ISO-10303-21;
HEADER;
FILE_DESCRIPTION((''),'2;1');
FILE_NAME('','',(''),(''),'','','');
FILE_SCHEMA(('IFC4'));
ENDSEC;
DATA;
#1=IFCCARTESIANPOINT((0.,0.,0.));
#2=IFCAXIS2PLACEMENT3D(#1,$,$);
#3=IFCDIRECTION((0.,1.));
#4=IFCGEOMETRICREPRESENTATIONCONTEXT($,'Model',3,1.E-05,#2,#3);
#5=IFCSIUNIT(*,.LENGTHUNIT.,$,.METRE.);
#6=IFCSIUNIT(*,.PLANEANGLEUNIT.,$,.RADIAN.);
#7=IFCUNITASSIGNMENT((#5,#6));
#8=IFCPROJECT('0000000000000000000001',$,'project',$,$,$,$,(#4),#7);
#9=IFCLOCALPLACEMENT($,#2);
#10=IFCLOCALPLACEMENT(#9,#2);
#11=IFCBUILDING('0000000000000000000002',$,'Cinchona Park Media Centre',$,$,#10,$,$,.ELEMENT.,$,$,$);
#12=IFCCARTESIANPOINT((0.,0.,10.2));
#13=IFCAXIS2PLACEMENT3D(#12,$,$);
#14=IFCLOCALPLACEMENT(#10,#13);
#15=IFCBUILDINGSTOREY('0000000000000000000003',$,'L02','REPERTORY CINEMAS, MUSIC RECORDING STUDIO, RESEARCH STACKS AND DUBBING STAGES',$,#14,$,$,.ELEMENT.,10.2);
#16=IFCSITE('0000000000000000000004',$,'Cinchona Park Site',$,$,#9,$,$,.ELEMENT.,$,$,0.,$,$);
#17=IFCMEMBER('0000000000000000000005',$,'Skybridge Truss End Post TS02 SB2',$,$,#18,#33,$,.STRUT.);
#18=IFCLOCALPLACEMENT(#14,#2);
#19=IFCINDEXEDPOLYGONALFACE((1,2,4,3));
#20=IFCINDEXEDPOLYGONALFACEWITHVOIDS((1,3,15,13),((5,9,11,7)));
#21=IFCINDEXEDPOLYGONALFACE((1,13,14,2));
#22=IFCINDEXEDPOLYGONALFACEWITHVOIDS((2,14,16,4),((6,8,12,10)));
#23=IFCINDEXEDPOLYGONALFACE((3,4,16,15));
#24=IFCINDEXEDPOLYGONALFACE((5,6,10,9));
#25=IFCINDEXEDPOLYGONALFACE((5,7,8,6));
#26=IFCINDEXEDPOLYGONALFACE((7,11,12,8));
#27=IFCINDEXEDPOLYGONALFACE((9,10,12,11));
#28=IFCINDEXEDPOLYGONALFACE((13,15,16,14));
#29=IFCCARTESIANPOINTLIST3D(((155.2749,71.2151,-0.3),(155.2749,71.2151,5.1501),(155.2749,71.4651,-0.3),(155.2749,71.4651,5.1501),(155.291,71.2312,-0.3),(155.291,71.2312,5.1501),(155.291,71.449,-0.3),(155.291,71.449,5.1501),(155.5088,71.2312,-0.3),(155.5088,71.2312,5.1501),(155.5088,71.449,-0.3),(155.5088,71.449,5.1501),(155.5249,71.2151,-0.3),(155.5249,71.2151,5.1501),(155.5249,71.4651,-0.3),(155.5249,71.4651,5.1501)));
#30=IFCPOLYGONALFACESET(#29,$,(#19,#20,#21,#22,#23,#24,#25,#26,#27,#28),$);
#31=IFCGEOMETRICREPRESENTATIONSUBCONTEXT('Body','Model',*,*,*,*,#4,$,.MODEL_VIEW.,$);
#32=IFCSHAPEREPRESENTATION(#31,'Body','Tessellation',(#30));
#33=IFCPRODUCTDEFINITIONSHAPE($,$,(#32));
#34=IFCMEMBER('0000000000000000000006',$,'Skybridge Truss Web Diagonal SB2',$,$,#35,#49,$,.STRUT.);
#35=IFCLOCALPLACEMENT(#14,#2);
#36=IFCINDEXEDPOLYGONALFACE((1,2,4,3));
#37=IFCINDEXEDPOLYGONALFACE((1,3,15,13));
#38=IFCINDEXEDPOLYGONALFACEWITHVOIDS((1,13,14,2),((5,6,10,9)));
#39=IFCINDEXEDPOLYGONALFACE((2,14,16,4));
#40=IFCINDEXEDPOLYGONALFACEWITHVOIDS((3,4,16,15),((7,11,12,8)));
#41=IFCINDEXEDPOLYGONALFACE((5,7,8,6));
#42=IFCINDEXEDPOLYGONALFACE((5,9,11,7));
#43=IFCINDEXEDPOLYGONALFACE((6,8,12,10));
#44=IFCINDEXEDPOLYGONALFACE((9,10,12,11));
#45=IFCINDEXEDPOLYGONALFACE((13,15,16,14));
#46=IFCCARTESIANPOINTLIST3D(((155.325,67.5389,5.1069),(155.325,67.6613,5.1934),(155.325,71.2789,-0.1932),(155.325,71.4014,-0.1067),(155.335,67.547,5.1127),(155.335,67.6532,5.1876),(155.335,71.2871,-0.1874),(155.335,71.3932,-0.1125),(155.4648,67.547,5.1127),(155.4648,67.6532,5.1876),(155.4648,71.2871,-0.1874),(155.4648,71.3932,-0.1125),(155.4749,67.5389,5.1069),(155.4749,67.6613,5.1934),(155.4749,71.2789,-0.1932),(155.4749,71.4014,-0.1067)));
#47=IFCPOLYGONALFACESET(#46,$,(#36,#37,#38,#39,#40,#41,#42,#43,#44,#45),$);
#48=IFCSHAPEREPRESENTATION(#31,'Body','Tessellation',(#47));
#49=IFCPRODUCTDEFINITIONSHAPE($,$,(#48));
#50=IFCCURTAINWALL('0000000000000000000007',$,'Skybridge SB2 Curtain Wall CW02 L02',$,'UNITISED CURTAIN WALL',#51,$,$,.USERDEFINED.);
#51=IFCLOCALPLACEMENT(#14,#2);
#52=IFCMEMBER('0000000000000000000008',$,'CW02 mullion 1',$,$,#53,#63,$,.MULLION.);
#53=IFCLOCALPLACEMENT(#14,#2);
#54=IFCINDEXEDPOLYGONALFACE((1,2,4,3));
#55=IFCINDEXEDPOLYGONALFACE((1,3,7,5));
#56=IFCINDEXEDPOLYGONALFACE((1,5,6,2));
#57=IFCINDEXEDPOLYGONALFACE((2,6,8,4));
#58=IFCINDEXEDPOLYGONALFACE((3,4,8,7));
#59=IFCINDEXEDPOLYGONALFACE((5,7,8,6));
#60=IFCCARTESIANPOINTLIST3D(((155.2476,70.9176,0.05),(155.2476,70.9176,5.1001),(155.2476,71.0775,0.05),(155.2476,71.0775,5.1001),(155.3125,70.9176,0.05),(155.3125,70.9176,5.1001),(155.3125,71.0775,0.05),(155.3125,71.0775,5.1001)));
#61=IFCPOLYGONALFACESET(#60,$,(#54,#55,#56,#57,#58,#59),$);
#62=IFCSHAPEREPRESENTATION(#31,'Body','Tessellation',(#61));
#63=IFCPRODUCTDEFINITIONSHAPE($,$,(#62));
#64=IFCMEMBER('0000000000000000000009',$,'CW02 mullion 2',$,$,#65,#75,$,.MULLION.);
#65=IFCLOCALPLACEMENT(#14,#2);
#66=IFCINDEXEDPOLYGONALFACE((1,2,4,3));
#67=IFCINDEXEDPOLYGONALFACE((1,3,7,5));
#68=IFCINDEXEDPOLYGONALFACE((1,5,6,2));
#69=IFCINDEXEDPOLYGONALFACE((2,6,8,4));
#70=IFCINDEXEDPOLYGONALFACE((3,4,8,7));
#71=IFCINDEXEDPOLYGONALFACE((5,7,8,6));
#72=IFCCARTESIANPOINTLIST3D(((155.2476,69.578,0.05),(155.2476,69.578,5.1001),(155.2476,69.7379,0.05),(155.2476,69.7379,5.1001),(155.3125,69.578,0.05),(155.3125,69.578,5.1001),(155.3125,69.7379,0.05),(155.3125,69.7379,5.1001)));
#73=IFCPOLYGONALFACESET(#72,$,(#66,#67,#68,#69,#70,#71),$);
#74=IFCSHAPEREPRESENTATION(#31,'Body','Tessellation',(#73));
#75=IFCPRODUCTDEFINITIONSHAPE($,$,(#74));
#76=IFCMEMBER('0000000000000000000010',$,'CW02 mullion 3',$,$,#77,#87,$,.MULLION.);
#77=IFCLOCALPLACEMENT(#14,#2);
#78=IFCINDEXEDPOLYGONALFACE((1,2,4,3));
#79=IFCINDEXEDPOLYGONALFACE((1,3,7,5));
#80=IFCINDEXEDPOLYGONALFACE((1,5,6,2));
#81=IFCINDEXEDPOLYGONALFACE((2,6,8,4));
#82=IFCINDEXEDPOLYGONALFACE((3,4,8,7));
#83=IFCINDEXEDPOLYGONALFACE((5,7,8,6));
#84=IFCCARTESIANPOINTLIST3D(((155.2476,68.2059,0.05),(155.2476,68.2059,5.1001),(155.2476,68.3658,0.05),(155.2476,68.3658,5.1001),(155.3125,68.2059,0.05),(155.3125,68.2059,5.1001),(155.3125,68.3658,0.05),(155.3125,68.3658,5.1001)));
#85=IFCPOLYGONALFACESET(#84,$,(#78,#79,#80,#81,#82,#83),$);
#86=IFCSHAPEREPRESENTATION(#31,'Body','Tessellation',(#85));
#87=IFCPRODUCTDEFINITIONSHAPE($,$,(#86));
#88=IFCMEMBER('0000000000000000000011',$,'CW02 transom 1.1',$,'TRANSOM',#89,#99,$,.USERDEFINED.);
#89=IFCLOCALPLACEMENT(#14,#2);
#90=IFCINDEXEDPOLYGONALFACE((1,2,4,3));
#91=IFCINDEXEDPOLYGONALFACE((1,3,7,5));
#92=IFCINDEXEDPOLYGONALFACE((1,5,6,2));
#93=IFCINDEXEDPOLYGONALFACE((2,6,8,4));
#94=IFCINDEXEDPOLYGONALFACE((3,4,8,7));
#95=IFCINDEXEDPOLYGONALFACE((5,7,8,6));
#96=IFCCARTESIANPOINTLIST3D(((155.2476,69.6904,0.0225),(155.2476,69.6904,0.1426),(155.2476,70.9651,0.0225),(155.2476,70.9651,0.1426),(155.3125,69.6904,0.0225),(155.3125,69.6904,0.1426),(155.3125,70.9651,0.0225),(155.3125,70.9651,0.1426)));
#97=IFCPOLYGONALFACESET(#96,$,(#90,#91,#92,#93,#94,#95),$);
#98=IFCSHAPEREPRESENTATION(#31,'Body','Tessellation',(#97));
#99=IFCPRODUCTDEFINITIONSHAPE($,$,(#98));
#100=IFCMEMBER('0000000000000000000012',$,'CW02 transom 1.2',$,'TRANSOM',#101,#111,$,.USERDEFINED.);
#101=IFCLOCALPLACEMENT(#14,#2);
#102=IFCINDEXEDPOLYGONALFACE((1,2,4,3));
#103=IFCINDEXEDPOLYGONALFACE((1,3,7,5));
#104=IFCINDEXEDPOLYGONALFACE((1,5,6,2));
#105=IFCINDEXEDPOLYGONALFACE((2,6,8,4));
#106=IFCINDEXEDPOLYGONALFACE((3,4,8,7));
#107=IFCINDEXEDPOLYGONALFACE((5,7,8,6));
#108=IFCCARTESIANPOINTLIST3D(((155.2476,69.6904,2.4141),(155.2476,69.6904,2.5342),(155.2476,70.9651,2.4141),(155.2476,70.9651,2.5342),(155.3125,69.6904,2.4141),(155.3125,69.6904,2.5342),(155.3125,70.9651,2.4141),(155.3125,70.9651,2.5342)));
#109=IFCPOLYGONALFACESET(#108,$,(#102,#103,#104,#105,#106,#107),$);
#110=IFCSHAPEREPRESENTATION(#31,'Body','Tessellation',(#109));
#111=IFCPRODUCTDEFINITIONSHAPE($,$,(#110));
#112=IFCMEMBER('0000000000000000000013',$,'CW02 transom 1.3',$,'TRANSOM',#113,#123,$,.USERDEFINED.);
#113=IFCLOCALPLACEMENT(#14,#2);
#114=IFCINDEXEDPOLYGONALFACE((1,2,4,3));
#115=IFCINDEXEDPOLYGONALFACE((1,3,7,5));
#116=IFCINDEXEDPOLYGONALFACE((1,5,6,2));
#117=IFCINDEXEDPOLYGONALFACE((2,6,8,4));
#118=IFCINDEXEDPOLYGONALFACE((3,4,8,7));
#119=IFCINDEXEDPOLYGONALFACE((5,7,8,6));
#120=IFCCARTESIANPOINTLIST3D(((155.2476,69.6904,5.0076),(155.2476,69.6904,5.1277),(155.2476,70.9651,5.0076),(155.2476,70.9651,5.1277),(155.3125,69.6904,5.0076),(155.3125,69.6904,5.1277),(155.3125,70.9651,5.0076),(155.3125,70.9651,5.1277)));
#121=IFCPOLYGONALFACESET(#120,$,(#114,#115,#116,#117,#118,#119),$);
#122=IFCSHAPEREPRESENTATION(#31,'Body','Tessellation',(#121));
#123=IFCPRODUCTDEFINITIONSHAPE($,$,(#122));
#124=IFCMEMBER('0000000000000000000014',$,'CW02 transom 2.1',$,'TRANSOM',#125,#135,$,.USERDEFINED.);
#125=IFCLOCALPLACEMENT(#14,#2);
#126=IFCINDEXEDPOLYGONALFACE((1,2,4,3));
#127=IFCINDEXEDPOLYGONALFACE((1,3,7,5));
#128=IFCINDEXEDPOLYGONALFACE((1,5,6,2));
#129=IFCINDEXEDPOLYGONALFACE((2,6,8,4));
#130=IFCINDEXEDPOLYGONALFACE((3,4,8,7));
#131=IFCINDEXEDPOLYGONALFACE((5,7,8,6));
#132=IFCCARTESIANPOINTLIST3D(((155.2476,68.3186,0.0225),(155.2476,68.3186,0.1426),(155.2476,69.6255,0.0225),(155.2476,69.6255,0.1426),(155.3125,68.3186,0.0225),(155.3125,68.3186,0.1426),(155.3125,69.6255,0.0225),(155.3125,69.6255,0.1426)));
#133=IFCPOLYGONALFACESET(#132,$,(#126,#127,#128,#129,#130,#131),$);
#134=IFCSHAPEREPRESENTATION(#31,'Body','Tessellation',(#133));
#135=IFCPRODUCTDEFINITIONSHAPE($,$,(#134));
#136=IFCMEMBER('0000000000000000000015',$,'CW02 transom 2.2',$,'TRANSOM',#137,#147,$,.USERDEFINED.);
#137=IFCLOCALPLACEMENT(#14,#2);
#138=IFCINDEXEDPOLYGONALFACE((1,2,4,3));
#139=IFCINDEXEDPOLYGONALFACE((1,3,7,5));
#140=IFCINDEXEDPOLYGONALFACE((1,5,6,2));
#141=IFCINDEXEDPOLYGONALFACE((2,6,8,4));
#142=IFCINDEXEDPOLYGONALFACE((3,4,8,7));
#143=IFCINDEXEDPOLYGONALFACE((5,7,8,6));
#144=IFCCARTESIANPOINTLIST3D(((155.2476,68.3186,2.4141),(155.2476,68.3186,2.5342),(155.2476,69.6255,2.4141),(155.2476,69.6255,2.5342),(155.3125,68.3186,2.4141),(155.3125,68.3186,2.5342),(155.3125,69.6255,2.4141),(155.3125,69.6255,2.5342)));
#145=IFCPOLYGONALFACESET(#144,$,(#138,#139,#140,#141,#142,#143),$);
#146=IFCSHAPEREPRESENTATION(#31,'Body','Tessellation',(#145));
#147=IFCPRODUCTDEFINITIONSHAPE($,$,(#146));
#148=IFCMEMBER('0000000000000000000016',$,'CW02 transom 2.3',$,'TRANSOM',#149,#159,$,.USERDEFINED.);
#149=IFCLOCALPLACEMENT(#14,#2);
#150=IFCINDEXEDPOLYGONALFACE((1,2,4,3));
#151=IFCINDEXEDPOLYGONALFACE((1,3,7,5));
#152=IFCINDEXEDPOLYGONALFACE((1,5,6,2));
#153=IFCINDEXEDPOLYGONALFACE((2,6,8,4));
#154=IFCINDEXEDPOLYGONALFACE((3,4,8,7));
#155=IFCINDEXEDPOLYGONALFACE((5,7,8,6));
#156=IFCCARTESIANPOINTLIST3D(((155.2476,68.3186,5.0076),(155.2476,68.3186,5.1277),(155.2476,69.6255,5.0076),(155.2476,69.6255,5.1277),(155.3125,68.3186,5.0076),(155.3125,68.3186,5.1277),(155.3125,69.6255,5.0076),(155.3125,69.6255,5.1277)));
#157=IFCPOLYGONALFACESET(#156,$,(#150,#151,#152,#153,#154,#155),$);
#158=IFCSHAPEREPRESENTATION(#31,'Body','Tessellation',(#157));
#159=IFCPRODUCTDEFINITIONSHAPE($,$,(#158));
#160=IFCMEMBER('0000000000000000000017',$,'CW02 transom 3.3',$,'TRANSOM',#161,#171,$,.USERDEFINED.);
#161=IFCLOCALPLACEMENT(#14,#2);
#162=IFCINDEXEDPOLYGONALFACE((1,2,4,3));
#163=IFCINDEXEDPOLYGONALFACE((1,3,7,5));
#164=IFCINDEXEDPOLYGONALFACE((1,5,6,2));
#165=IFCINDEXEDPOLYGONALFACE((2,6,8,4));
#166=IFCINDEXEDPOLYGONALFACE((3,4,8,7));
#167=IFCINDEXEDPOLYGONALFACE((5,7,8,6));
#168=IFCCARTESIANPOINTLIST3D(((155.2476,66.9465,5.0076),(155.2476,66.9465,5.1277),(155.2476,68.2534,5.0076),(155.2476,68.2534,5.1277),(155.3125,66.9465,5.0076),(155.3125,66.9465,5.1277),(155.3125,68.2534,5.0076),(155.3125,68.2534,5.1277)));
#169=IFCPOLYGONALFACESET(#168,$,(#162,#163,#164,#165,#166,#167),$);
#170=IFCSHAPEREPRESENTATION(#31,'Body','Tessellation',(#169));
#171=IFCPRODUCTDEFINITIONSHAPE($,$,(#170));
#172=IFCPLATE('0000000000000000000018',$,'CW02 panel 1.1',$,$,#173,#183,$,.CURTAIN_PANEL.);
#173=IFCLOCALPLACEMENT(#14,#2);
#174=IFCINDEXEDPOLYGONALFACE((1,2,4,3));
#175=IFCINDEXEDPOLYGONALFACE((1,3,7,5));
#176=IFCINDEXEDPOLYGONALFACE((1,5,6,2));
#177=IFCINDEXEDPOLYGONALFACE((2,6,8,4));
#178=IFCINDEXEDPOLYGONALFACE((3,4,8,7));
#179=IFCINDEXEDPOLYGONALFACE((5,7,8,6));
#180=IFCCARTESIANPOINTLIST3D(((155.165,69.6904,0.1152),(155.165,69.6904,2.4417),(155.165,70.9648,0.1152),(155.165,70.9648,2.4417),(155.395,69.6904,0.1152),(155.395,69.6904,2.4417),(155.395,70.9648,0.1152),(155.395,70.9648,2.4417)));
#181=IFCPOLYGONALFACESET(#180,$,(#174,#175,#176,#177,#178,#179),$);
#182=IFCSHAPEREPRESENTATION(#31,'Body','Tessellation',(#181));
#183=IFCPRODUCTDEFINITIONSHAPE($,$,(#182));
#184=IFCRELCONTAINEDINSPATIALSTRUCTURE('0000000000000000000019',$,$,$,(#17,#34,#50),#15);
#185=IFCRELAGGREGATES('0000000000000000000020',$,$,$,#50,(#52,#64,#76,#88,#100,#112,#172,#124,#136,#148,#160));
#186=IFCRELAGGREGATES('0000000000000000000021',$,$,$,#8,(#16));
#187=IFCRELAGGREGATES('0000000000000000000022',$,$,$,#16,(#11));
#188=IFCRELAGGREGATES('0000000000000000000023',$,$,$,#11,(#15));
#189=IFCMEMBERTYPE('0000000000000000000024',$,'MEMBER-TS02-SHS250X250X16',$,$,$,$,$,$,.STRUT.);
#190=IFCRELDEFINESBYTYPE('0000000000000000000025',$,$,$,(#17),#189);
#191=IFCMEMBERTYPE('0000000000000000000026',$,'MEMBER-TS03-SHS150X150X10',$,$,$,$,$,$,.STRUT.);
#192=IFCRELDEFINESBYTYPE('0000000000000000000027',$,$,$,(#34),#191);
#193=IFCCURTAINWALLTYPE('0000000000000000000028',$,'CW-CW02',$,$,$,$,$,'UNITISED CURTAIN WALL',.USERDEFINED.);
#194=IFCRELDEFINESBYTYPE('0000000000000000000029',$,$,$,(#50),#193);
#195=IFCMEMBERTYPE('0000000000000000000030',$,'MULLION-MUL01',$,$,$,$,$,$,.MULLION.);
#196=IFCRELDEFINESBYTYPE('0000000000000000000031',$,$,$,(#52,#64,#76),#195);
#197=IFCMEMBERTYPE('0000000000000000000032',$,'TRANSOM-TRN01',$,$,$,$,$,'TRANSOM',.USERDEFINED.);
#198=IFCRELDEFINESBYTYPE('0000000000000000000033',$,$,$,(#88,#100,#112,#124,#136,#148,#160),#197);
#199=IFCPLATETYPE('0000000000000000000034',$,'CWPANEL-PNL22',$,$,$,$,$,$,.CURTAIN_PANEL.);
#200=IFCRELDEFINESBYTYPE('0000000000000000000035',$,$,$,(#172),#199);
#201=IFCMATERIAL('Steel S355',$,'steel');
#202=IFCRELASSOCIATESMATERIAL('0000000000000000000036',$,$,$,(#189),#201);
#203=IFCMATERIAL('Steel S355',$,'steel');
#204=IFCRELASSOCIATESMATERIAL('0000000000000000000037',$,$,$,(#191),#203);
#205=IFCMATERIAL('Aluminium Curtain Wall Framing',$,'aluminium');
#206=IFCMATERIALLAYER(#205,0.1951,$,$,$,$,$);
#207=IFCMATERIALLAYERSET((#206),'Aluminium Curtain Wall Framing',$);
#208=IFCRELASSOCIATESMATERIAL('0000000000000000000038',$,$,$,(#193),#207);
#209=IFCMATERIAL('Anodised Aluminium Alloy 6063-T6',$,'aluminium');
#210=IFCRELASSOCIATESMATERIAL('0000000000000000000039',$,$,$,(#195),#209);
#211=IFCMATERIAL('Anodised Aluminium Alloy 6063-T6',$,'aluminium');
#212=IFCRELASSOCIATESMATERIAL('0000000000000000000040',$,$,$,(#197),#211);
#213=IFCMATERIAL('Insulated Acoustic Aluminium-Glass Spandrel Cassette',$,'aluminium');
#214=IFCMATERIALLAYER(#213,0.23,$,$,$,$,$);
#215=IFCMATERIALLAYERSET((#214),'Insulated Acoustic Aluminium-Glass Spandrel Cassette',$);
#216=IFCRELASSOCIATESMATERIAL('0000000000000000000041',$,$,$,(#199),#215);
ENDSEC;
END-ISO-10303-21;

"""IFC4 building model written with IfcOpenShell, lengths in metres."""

from ifc_helpers import new_model, si_unit, direction, frame, origin, origin_2d, place, context, subcontext, project, spatial, rectangle, hollow_rectangle, extrude, material, layer, layer_set, material_profile, profile_set, type_object, element, aggregate, save


model = new_model("IFC4")

# Units and contexts
model_context = context("Model", 3, precision=1e-05, world=origin(), true_north=direction((0.0, 1.0)))
body_context = subcontext(model_context, "Body", "Model", "MODEL_VIEW")
ifc_project = project(units=[si_unit("LENGTHUNIT", "METRE"), si_unit("PLANEANGLEUNIT", "RADIAN")], contexts=[model_context])

# Site, building, storey
site_placement = place(None, origin())
site = spatial("IfcSite", under=ifc_project, at=site_placement, Name="Cinchona Park Site", CompositionType="ELEMENT", RefElevation=0.0)
building_placement = place(site_placement, origin())
building = spatial("IfcBuilding", under=site, at=building_placement, Name="Cinchona Park Media Centre", CompositionType="ELEMENT")
storey_placement = place(building_placement, frame((0.0, 0.0, 10.2)))
storey = spatial("IfcBuildingStorey", under=building, at=storey_placement, Name="L02", Description="REPERTORY CINEMAS, MUSIC RECORDING STUDIO, RESEARCH STACKS AND DUBBING STAGES", CompositionType="ELEMENT", Elevation=10.2)

# Members
ifc_material_1 = material(Name="Steel S355", Category="steel")
ifc_material_profile_1 = material_profile(ifc_material_1, hollow_rectangle(XDim=0.25, YDim=0.25, WallThickness=0.0161, at=origin_2d()), Name="250X250X16SHS")
ifc_profile_set_1 = profile_set([ifc_material_profile_1], Name="Steel S355")
member_type_1 = type_object("IfcMemberType", Name="MEMBER-TS02-SHS250X250X16", PredefinedType="STRUT", material=ifc_profile_set_1)
member_1_placement = place(storey_placement, frame((155.3999, 71.3401, -0.3), z_axis=(0.0, 0.0, 1.0), x_axis=(1.0, 0.0, 0.0)))
element("IfcMember", 1, at=member_1_placement, inside=storey, type_object=member_type_1, Name="Skybridge Truss End Post TS02 SB2", PredefinedType="STRUT", context=body_context, shape_type="SweptSolid", body=[
    extrude(hollow_rectangle(XDim=0.25, YDim=0.25, WallThickness=0.0161, at=origin_2d()), origin(), (0.0, 0.0, 1.0), 5.4502),
])
ifc_material_2 = material(Name="Steel S355", Category="steel")
ifc_material_profile_2 = material_profile(ifc_material_2, hollow_rectangle(XDim=0.1499, YDim=0.1499, WallThickness=0.01, at=origin_2d()), Name="150X150X10SHS")
ifc_profile_set_2 = profile_set([ifc_material_profile_2], Name="Steel S355")
member_type_2 = type_object("IfcMemberType", Name="MEMBER-TS03-SHS150X150X10", PredefinedType="STRUT", material=ifc_profile_set_2)
member_2_placement = place(storey_placement, frame((155.3999, 67.6001, 5.1501), z_axis=(0.0, 0.576558, -0.817057), x_axis=(-1.0, 0.0, 0.0)))
element("IfcMember", 2, at=member_2_placement, inside=storey, type_object=member_type_2, Name="Skybridge Truss Web Diagonal SB2", PredefinedType="STRUT", context=body_context, shape_type="SweptSolid", body=[
    extrude(hollow_rectangle(XDim=0.1499, YDim=0.1499, WallThickness=0.01, at=origin_2d()), origin(), (0.0, 0.0, 1.0), 6.4868),
])

# Curtain wall, members, plate
ifc_material_3 = material(Name="Aluminium Curtain Wall Framing", Category="aluminium")
ifc_layer_1 = layer(ifc_material_3, 0.1951)
ifc_layer_set_1 = layer_set([ifc_layer_1], Name="Aluminium Curtain Wall Framing")
curtain_wall_type = type_object("IfcCurtainWallType", Name="CW-CW02", ElementType="UNITISED CURTAIN WALL", PredefinedType="USERDEFINED", material=ifc_layer_set_1)
curtain_wall_placement = place(storey_placement, origin())
curtain_wall = element("IfcCurtainWall", 3, at=curtain_wall_placement, inside=storey, type_object=curtain_wall_type, Name="Skybridge SB2 Curtain Wall CW02 L02", ObjectType="UNITISED CURTAIN WALL", PredefinedType="USERDEFINED")
ifc_material_4 = material(Name="Anodised Aluminium Alloy 6063-T6", Category="aluminium")
ifc_material_profile_3 = material_profile(ifc_material_4, rectangle(XDim=0.0649, YDim=0.1599, at=origin_2d()), Name="MUL-65X160")
ifc_profile_set_3 = profile_set([ifc_material_profile_3], Name="Anodised Aluminium Alloy 6063-T6")
member_type_3 = type_object("IfcMemberType", Name="MULLION-MUL01", PredefinedType="MULLION", material=ifc_profile_set_3)
member_3_placement = place(storey_placement, frame((155.28, 70.9976, 0.05), z_axis=(0.0, 0.0, 1.0), x_axis=(1.0, 0.0, 0.0)))
member_3 = element("IfcMember", 4, at=member_3_placement, type_object=member_type_3, Name="CW02 mullion 1", PredefinedType="MULLION", context=body_context, shape_type="SweptSolid", body=[
    extrude(rectangle(XDim=0.0649, YDim=0.1599, at=origin_2d()), origin(), (0.0, 0.0, 1.0), 5.05),
])
member_4_placement = place(storey_placement, frame((155.28, 69.658, 0.05), z_axis=(0.0, 0.0, 1.0), x_axis=(1.0, 0.0, 0.0)))
member_4 = element("IfcMember", 5, at=member_4_placement, type_object=member_type_3, Name="CW02 mullion 2", PredefinedType="MULLION", context=body_context, shape_type="SweptSolid", body=[
    extrude(rectangle(XDim=0.0649, YDim=0.1599, at=origin_2d()), origin(), (0.0, 0.0, 1.0), 5.05),
])
member_5_placement = place(storey_placement, frame((155.28, 68.2859, 0.05), z_axis=(0.0, 0.0, 1.0), x_axis=(1.0, 0.0, 0.0)))
member_5 = element("IfcMember", 6, at=member_5_placement, type_object=member_type_3, Name="CW02 mullion 3", PredefinedType="MULLION", context=body_context, shape_type="SweptSolid", body=[
    extrude(rectangle(XDim=0.0649, YDim=0.1599, at=origin_2d()), origin(), (0.0, 0.0, 1.0), 5.05),
])
ifc_material_5 = material(Name="Anodised Aluminium Alloy 6063-T6", Category="aluminium")
ifc_material_profile_4 = material_profile(ifc_material_5, rectangle(XDim=0.0649, YDim=0.1201, at=origin_2d()), Name="TRN-65X120")
ifc_profile_set_4 = profile_set([ifc_material_profile_4], Name="Anodised Aluminium Alloy 6063-T6")
member_type_4 = type_object("IfcMemberType", Name="TRANSOM-TRN01", ElementType="TRANSOM", PredefinedType="USERDEFINED", material=ifc_profile_set_4)
member_6_placement = place(storey_placement, frame((155.28, 70.9651, 0.0825), z_axis=(0.0, -1.0, 0.0), x_axis=(1.0, 0.0, 0.0)))
member_6 = element("IfcMember", 7, at=member_6_placement, type_object=member_type_4, Name="CW02 transom 1.1", ObjectType="TRANSOM", PredefinedType="USERDEFINED", context=body_context, shape_type="SweptSolid", body=[
    extrude(rectangle(XDim=0.0649, YDim=0.1201, at=origin_2d()), origin(), (0.0, 0.0, 1.0), 1.2747),
])
member_7_placement = place(storey_placement, frame((155.28, 70.9651, 2.4741), z_axis=(0.0, -1.0, 0.0), x_axis=(1.0, 0.0, 0.0)))
member_7 = element("IfcMember", 8, at=member_7_placement, type_object=member_type_4, Name="CW02 transom 1.2", ObjectType="TRANSOM", PredefinedType="USERDEFINED", context=body_context, shape_type="SweptSolid", body=[
    extrude(rectangle(XDim=0.0649, YDim=0.1201, at=origin_2d()), origin(), (0.0, 0.0, 1.0), 1.2747),
])
member_8_placement = place(storey_placement, frame((155.28, 70.9651, 5.0676), z_axis=(0.0, -1.0, 0.0), x_axis=(1.0, 0.0, 0.0)))
member_8 = element("IfcMember", 9, at=member_8_placement, type_object=member_type_4, Name="CW02 transom 1.3", ObjectType="TRANSOM", PredefinedType="USERDEFINED", context=body_context, shape_type="SweptSolid", body=[
    extrude(rectangle(XDim=0.0649, YDim=0.1201, at=origin_2d()), origin(), (0.0, 0.0, 1.0), 1.2747),
])
member_9_placement = place(storey_placement, frame((155.28, 69.6255, 0.0825), z_axis=(0.0, -1.0, 0.0), x_axis=(1.0, 0.0, 0.0)))
member_9 = element("IfcMember", 10, at=member_9_placement, type_object=member_type_4, Name="CW02 transom 2.1", ObjectType="TRANSOM", PredefinedType="USERDEFINED", context=body_context, shape_type="SweptSolid", body=[
    extrude(rectangle(XDim=0.0649, YDim=0.1201, at=origin_2d()), origin(), (0.0, 0.0, 1.0), 1.3069),
])
member_10_placement = place(storey_placement, frame((155.28, 69.6255, 2.4741), z_axis=(0.0, -1.0, 0.0), x_axis=(1.0, 0.0, 0.0)))
member_10 = element("IfcMember", 11, at=member_10_placement, type_object=member_type_4, Name="CW02 transom 2.2", ObjectType="TRANSOM", PredefinedType="USERDEFINED", context=body_context, shape_type="SweptSolid", body=[
    extrude(rectangle(XDim=0.0649, YDim=0.1201, at=origin_2d()), origin(), (0.0, 0.0, 1.0), 1.3069),
])
member_11_placement = place(storey_placement, frame((155.28, 69.6255, 5.0676), z_axis=(0.0, -1.0, 0.0), x_axis=(1.0, 0.0, 0.0)))
member_11 = element("IfcMember", 12, at=member_11_placement, type_object=member_type_4, Name="CW02 transom 2.3", ObjectType="TRANSOM", PredefinedType="USERDEFINED", context=body_context, shape_type="SweptSolid", body=[
    extrude(rectangle(XDim=0.0649, YDim=0.1201, at=origin_2d()), origin(), (0.0, 0.0, 1.0), 1.3069),
])
member_12_placement = place(storey_placement, frame((155.28, 68.2534, 5.0676), z_axis=(0.0, -1.0, 0.0), x_axis=(1.0, 0.0, 0.0)))
member_12 = element("IfcMember", 13, at=member_12_placement, type_object=member_type_4, Name="CW02 transom 3.3", ObjectType="TRANSOM", PredefinedType="USERDEFINED", context=body_context, shape_type="SweptSolid", body=[
    extrude(rectangle(XDim=0.0649, YDim=0.1201, at=origin_2d()), origin(), (0.0, 0.0, 1.0), 1.3069),
])
ifc_material_6 = material(Name="Insulated Acoustic Aluminium-Glass Spandrel Cassette", Category="aluminium")
ifc_layer_2 = layer(ifc_material_6, 0.23)
ifc_layer_set_2 = layer_set([ifc_layer_2], Name="Insulated Acoustic Aluminium-Glass Spandrel Cassette")
plate_type_1 = type_object("IfcPlateType", Name="CWPANEL-PNL22", PredefinedType="CURTAIN_PANEL", material=ifc_layer_set_2)
plate_1_placement = place(storey_placement, frame((155.28, 70.3276, 0.1152), z_axis=(0.0, 0.0, 1.0), x_axis=(0.0, -1.0, 0.0)))
plate_1 = element("IfcPlate", 14, at=plate_1_placement, type_object=plate_type_1, Name="CW02 panel 1.1", PredefinedType="CURTAIN_PANEL", context=body_context, shape_type="SweptSolid", body=[
    extrude(rectangle(XDim=1.2744, YDim=0.23, at=origin_2d()), origin(), (0.0, 0.0, 1.0), 2.3264),
])
aggregate(curtain_wall, [member_3, member_4, member_5, member_6, member_7, member_8, plate_1, member_9, member_10, member_11, member_12])

save(model, "model.ifc")
